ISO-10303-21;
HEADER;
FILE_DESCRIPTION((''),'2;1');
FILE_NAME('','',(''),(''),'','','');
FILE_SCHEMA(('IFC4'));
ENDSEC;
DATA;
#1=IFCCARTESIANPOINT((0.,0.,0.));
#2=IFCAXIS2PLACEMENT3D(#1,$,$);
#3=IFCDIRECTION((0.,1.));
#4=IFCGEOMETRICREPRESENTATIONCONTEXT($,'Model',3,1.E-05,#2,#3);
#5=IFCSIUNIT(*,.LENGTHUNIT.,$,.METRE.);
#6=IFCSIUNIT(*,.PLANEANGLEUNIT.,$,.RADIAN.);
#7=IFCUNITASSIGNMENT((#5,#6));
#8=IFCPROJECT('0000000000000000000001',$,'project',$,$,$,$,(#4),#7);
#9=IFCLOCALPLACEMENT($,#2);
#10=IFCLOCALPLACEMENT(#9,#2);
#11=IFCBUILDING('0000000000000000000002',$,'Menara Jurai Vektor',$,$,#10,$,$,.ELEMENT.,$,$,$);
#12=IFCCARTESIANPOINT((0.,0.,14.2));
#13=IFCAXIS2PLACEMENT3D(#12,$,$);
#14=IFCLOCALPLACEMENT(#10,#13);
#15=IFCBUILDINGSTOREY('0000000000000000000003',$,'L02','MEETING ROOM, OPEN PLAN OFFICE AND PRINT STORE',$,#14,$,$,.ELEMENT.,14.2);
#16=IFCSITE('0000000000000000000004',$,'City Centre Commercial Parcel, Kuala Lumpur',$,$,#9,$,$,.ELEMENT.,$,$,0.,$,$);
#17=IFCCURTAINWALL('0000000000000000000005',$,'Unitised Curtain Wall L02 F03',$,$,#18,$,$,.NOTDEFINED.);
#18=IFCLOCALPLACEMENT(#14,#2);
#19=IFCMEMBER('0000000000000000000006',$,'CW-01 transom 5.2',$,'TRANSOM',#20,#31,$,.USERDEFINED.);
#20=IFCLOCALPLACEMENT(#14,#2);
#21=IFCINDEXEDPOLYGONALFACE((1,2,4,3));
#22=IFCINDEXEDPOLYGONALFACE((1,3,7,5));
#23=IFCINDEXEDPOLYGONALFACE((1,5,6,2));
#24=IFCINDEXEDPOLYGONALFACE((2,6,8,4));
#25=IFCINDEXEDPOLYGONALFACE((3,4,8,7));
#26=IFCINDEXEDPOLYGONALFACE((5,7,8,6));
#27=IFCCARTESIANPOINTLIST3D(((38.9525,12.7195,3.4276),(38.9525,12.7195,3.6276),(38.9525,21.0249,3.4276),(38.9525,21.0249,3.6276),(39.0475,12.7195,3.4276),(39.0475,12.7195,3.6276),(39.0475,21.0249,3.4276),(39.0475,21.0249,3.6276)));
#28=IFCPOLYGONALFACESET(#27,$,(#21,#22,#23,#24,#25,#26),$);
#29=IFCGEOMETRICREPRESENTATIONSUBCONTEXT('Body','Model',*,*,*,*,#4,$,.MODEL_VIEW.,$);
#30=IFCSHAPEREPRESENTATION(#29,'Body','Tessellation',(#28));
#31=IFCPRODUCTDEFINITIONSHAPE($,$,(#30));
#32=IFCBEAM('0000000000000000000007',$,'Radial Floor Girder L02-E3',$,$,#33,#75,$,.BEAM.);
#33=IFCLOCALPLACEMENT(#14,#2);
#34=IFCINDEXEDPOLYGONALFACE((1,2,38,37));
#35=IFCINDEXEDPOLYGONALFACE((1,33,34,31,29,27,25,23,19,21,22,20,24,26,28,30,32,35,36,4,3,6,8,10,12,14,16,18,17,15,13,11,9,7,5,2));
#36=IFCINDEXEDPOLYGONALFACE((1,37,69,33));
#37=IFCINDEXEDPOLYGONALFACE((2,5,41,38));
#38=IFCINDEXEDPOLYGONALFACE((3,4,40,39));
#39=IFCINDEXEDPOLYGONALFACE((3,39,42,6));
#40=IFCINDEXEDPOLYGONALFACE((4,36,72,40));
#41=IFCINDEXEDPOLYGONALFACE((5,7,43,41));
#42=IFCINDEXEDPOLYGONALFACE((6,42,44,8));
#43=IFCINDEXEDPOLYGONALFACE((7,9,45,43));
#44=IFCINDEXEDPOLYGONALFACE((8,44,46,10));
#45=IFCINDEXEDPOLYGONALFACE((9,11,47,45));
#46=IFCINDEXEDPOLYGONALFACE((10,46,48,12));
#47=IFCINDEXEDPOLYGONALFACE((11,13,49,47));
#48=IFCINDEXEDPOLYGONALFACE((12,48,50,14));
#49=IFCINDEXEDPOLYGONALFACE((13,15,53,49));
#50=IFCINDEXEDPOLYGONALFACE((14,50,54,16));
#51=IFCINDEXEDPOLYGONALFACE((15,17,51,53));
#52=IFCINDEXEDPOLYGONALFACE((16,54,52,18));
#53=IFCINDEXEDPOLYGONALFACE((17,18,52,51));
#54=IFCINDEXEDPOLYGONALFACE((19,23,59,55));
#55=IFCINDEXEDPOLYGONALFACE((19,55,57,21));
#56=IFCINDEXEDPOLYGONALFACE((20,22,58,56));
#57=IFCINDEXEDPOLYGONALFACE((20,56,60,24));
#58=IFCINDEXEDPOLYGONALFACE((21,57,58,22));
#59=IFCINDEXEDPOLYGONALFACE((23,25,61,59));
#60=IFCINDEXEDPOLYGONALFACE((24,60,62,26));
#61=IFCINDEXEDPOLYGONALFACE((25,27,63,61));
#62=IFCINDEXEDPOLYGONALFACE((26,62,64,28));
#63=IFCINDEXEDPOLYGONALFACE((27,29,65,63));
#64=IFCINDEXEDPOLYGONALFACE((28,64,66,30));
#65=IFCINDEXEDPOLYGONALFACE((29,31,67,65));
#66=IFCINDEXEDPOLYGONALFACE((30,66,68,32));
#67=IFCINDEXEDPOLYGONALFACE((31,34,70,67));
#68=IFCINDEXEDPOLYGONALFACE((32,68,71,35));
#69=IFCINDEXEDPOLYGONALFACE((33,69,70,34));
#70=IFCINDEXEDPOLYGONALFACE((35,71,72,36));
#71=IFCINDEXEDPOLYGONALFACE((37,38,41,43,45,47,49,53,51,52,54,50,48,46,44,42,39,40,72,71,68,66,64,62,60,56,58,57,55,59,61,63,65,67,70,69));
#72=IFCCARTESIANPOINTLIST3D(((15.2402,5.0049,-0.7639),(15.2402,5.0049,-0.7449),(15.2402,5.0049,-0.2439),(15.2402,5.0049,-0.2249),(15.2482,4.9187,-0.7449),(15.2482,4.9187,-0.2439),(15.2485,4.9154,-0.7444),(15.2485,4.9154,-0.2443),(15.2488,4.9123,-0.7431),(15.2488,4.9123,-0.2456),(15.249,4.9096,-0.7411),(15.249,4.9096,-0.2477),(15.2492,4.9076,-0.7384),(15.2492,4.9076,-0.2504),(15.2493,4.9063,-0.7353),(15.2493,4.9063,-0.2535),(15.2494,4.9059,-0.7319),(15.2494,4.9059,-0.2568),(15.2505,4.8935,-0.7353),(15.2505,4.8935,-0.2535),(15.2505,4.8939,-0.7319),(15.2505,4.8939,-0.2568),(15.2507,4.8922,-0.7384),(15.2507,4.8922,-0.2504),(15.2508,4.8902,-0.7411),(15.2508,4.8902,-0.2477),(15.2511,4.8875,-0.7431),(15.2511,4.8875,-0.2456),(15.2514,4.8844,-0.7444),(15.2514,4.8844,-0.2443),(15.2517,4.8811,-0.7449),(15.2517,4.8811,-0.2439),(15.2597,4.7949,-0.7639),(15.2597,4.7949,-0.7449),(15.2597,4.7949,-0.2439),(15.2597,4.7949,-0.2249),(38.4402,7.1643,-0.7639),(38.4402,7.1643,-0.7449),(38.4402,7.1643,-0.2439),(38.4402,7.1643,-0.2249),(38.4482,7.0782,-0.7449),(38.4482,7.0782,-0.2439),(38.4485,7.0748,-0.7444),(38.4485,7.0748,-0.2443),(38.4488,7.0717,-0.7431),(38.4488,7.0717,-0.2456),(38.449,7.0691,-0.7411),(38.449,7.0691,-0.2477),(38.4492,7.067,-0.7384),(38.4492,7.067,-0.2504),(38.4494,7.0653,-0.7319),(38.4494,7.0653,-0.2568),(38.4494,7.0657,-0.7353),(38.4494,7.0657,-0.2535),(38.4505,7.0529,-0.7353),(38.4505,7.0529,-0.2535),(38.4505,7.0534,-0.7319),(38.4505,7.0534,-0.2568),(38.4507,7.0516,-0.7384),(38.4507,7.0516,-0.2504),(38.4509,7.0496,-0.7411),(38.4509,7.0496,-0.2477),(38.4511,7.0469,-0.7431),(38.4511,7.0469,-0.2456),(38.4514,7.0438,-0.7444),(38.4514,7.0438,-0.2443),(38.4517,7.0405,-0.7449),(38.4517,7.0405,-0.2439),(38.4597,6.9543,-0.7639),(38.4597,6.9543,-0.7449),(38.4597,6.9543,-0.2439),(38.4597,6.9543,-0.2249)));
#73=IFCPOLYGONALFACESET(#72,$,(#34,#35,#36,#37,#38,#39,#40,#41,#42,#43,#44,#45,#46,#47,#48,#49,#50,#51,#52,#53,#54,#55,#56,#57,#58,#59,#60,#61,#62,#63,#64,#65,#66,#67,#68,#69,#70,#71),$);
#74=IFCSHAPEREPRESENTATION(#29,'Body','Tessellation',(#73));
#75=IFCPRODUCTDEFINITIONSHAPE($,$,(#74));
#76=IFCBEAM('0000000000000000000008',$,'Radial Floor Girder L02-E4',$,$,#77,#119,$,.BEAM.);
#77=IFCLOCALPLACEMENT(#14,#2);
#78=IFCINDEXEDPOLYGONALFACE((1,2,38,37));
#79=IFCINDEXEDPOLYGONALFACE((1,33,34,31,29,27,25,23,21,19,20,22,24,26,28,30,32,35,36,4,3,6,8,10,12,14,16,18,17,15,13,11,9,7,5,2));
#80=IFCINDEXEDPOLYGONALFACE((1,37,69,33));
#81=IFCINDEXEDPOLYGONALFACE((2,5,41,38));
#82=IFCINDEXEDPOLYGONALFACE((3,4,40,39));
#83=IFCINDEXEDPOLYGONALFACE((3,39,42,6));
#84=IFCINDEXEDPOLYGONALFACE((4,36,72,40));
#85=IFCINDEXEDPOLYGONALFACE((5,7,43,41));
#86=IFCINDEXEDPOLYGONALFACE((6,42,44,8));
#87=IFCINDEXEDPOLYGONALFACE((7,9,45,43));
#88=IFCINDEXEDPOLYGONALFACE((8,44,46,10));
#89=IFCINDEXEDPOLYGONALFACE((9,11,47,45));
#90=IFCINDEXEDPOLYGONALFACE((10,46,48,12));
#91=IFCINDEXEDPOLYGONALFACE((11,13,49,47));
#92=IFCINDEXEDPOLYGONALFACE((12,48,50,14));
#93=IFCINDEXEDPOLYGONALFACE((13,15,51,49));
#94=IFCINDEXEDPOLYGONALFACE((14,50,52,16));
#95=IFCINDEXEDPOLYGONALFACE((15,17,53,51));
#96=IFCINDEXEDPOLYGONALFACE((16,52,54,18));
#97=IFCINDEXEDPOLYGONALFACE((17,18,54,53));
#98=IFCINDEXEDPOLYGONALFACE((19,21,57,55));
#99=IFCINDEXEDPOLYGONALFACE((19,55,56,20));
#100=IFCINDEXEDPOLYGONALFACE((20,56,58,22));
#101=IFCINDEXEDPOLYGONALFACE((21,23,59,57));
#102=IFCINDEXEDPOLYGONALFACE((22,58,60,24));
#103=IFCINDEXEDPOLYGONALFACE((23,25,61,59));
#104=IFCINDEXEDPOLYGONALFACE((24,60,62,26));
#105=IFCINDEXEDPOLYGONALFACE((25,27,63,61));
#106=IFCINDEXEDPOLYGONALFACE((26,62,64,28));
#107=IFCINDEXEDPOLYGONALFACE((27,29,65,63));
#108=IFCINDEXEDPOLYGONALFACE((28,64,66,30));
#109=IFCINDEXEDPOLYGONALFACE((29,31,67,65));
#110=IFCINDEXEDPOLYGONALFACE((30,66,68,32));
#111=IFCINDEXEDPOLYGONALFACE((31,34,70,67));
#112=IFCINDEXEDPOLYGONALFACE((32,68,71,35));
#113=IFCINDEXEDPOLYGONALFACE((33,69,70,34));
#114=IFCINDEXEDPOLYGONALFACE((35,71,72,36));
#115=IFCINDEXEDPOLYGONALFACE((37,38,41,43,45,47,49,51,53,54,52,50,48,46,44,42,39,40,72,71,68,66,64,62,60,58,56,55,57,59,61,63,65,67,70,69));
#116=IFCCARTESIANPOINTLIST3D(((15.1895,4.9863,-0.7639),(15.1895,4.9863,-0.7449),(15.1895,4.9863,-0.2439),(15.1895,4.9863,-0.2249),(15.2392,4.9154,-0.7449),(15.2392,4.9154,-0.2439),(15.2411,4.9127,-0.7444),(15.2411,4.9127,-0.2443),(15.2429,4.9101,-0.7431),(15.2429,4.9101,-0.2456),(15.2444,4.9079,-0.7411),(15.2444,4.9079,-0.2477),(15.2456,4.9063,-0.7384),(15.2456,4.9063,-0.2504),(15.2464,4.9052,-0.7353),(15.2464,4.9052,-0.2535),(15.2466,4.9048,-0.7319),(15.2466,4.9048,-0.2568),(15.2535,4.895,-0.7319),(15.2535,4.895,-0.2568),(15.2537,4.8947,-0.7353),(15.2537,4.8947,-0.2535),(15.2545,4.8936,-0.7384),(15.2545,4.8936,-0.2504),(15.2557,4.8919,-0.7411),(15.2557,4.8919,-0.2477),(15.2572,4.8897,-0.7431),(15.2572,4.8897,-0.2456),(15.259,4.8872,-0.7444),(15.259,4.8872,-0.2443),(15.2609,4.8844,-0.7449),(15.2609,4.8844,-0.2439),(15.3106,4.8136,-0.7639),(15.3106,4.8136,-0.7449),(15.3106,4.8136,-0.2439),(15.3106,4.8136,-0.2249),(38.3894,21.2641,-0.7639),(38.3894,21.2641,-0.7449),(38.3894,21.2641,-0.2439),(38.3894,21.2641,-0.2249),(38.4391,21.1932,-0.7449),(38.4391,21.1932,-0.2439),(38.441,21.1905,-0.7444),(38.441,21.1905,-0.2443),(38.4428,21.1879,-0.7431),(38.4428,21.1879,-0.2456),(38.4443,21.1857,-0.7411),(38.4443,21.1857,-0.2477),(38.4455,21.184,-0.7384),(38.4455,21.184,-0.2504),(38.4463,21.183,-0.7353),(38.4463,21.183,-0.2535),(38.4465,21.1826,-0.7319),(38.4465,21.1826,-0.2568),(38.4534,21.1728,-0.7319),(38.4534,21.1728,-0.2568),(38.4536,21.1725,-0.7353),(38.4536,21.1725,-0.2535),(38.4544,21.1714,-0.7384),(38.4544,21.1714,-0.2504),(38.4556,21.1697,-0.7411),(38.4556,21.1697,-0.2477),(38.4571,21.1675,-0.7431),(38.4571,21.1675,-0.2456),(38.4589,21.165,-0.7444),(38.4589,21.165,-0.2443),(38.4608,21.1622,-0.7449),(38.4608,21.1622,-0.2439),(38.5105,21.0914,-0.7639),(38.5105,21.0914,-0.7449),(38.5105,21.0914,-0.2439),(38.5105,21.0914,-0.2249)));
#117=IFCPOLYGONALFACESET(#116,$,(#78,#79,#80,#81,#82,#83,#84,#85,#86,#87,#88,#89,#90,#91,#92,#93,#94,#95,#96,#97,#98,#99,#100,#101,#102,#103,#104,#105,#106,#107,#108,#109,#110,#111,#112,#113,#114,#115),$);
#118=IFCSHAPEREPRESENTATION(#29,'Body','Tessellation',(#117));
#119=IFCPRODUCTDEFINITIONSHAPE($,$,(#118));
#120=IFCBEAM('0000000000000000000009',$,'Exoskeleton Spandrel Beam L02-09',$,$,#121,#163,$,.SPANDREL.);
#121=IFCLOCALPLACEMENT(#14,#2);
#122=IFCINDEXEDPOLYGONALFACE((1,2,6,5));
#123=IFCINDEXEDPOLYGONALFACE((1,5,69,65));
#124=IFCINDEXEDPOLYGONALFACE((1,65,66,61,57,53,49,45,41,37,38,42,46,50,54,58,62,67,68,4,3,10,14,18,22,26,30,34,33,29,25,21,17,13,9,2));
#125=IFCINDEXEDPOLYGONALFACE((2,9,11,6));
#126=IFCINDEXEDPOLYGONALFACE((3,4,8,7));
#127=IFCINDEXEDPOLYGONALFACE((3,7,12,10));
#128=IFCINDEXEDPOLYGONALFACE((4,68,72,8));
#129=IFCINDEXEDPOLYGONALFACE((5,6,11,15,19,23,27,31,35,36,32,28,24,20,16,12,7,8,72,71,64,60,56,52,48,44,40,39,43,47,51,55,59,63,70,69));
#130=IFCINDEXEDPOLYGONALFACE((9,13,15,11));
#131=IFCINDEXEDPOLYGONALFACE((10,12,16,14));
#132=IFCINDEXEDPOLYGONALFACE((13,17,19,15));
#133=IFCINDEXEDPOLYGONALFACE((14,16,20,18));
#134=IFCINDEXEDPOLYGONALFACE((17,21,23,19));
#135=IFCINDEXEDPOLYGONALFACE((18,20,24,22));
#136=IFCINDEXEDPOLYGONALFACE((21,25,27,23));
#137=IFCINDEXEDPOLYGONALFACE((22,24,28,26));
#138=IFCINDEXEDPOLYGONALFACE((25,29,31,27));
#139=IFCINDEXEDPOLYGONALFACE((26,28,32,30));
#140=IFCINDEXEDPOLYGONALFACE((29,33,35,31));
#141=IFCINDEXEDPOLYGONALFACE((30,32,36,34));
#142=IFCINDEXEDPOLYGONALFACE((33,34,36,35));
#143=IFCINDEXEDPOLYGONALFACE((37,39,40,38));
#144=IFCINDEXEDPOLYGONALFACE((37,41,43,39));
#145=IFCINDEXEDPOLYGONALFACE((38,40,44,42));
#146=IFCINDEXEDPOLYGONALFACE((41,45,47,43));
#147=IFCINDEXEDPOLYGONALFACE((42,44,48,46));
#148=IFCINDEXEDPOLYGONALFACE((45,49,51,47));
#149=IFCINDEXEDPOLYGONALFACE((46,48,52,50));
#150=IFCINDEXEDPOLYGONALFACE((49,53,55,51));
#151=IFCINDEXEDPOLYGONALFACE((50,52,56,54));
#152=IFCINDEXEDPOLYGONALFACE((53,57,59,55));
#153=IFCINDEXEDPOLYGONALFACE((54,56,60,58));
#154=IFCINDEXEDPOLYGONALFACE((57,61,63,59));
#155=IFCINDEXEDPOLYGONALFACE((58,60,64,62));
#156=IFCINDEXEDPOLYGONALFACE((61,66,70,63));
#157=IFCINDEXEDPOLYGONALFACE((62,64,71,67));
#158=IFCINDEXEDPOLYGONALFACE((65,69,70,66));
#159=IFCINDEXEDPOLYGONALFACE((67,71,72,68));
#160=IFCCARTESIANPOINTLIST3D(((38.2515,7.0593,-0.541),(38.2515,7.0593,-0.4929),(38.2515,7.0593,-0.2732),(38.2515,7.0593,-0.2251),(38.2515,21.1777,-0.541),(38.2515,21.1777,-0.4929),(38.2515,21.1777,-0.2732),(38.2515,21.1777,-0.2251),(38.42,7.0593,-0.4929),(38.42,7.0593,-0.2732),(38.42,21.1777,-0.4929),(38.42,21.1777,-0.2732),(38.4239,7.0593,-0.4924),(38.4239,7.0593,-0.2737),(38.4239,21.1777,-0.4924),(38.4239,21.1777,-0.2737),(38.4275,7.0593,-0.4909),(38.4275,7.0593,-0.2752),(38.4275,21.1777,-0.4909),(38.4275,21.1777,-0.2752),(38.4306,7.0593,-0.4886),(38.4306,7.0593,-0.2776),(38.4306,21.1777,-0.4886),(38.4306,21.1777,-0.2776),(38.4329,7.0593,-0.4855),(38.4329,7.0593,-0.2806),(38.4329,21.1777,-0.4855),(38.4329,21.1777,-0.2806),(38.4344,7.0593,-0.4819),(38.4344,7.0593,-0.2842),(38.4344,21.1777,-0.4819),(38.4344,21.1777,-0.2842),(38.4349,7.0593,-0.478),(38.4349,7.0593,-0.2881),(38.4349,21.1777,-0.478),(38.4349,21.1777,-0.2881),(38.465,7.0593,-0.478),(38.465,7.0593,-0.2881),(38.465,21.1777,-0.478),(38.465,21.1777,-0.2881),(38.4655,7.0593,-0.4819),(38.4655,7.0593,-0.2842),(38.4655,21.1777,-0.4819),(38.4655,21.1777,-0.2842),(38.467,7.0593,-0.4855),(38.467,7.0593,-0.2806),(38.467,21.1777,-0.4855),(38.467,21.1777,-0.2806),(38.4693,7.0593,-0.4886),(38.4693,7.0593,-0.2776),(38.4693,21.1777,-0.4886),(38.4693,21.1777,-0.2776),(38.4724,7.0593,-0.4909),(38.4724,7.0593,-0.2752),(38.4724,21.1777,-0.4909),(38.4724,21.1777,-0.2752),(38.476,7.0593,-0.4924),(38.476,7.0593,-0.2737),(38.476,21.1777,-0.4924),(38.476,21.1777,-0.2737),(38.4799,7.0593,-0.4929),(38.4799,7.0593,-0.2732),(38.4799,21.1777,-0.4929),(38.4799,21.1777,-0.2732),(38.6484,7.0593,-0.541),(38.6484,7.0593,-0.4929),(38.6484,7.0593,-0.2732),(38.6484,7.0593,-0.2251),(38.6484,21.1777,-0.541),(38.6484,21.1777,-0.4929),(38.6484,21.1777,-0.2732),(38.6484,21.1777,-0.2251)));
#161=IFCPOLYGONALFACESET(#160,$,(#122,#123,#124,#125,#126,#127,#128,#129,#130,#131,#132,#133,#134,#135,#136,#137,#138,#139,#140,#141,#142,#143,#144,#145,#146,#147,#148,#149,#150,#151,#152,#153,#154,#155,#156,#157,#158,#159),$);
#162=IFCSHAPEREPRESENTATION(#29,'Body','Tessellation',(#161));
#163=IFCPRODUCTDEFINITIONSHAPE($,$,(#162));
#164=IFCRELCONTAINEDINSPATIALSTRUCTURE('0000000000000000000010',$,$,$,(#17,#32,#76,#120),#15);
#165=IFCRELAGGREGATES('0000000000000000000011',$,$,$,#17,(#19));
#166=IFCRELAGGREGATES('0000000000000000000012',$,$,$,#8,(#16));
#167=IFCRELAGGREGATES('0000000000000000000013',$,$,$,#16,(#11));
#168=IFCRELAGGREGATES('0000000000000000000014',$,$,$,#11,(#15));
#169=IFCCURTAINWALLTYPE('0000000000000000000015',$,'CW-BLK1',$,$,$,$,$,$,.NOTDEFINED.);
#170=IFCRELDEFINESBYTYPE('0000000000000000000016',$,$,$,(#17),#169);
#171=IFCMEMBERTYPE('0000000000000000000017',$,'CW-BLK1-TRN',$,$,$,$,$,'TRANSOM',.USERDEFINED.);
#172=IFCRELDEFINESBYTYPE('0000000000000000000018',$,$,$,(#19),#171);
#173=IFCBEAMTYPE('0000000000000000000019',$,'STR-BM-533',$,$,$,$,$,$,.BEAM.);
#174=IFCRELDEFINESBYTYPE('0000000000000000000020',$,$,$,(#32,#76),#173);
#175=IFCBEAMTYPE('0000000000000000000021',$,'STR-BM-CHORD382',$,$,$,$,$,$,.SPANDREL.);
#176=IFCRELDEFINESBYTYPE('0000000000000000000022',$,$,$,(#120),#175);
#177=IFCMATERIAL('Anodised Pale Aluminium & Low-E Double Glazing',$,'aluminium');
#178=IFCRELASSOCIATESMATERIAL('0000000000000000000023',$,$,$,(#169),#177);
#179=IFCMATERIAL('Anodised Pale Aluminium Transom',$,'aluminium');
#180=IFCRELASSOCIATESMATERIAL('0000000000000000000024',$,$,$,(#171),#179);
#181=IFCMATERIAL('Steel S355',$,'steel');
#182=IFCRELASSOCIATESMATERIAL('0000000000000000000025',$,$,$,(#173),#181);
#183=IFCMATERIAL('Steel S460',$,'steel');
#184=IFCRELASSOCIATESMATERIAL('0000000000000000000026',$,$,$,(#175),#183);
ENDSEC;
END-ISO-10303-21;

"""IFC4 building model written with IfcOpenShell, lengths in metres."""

from ifc_helpers import new_model, si_unit, direction, frame, origin, origin_2d, place, context, subcontext, project, spatial, rectangle, i_section, extrude, material, material_profile, profile_set, type_object, element, aggregate, save


model = new_model("IFC4")

# Units and contexts
model_context = context("Model", 3, precision=1e-05, world=origin(), true_north=direction((0.0, 1.0)))
body_context = subcontext(model_context, "Body", "Model", "MODEL_VIEW")
ifc_project = project(units=[si_unit("LENGTHUNIT", "METRE"), si_unit("PLANEANGLEUNIT", "RADIAN")], contexts=[model_context])

# Site, building, storey
site_placement = place(None, origin())
site = spatial("IfcSite", under=ifc_project, at=site_placement, Name="City Centre Commercial Parcel, Kuala Lumpur", CompositionType="ELEMENT", RefElevation=0.0)
building_placement = place(site_placement, origin())
building = spatial("IfcBuilding", under=site, at=building_placement, Name="Menara Jurai Vektor", CompositionType="ELEMENT")
storey_placement = place(building_placement, frame((0.0, 0.0, 14.2)))
storey = spatial("IfcBuildingStorey", under=building, at=storey_placement, Name="L02", Description="MEETING ROOM, OPEN PLAN OFFICE AND PRINT STORE", CompositionType="ELEMENT", Elevation=14.2)

# Shared definitions
ifc_material_1 = material(Name="Steel S460", Category="steel")

# Curtain wall
ifc_material_2 = material(Name="Anodised Pale Aluminium & Low-E Double Glazing", Category="aluminium")
curtain_wall_type = type_object("IfcCurtainWallType", Name="CW-BLK1", PredefinedType="NOTDEFINED", material=ifc_material_2)
curtain_wall_1_placement = place(storey_placement, origin())
curtain_wall_1 = element("IfcCurtainWall", 1, at=curtain_wall_1_placement, inside=storey, type_object=curtain_wall_type, Name="Unitised Curtain Wall L02 F03", PredefinedType="NOTDEFINED")

# Member
ifc_material_3 = material(Name="Anodised Pale Aluminium Transom", Category="aluminium")
ifc_material_profile_1 = material_profile(ifc_material_3, rectangle(XDim=0.095, YDim=0.2, at=origin_2d()), Name="ALU TRN 95x200")
ifc_profile_set_1 = profile_set([ifc_material_profile_1], Name="Anodised Pale Aluminium Transom")
member_type_1 = type_object("IfcMemberType", Name="CW-BLK1-TRN", ElementType="TRANSOM", PredefinedType="USERDEFINED", material=ifc_profile_set_1)
member_1_placement = place(storey_placement, frame((39.0, 12.7195, 3.5276), z_axis=(0.0, 1.0, 0.0), x_axis=(-1.0, 0.0, 0.0)))
member_1 = element("IfcMember", 2, at=member_1_placement, type_object=member_type_1, Name="CW-01 transom 5.2", ObjectType="TRANSOM", PredefinedType="USERDEFINED", context=body_context, shape_type="SweptSolid", body=[
    extrude(rectangle(XDim=0.095, YDim=0.2, at=origin_2d()), origin(), (0.0, 0.0, 1.0), 8.3054),
])

# Beams
ifc_material_4 = material(Name="Steel S355", Category="steel")
ifc_material_profile_2 = material_profile(ifc_material_4, i_section(OverallWidth=0.2109, OverallDepth=0.5391, WebThickness=0.012, FlangeThickness=0.019, FilletRadius=0.0129, at=origin_2d()), Name="UKB 533x210x109")
ifc_profile_set_2 = profile_set([ifc_material_profile_2], Name="Steel S355")
beam_type_1 = type_object("IfcBeamType", Name="STR-BM-533", PredefinedType="BEAM", material=ifc_profile_set_2)
beam_1_placement = place(storey_placement, frame((38.45, 7.0593, -0.4944), z_axis=(-0.995696, -0.092678, 0.0), x_axis=(0.092678, -0.995696, 0.0)))
element("IfcBeam", 3, at=beam_1_placement, inside=storey, type_object=beam_type_1, Name="Radial Floor Girder L02-E3", PredefinedType="BEAM", context=body_context, shape_type="SweptSolid", body=[
    extrude(i_section(OverallWidth=0.2109, OverallDepth=0.5391, WebThickness=0.012, FlangeThickness=0.019, FilletRadius=0.0129, at=origin_2d()), origin(), (0.0, 0.0, 1.0), 23.3003),
])
beam_2_placement = place(storey_placement, frame((38.45, 21.1777, -0.4944), z_axis=(-0.818604, -0.574359, 0.0), x_axis=(0.574359, -0.818604, 0.0)))
element("IfcBeam", 4, at=beam_2_placement, inside=storey, type_object=beam_type_1, Name="Radial Floor Girder L02-E4", PredefinedType="BEAM", context=body_context, shape_type="SweptSolid", body=[
    extrude(i_section(OverallWidth=0.2109, OverallDepth=0.5391, WebThickness=0.012, FlangeThickness=0.019, FilletRadius=0.0129, at=origin_2d()), origin(), (0.0, 0.0, 1.0), 28.3408),
])
ifc_material_profile_3 = material_profile(ifc_material_1, i_section(OverallWidth=0.397, OverallDepth=0.3159, WebThickness=0.03, FlangeThickness=0.0481, FilletRadius=0.0149, at=origin_2d()), Name="HD 400x382")
ifc_profile_set_3 = profile_set([ifc_material_profile_3], Name="Steel S460")
beam_type_2 = type_object("IfcBeamType", Name="STR-BM-CHORD382", PredefinedType="SPANDREL", material=ifc_profile_set_3)
beam_3_placement = place(storey_placement, frame((38.45, 7.0593, -0.3831), z_axis=(0.0, 1.0, 0.0), x_axis=(-1.0, 0.0, 0.0)))
element("IfcBeam", 5, at=beam_3_placement, inside=storey, type_object=beam_type_2, Name="Exoskeleton Spandrel Beam L02-09", PredefinedType="SPANDREL", context=body_context, shape_type="SweptSolid", body=[
    extrude(i_section(OverallWidth=0.397, OverallDepth=0.3159, WebThickness=0.03, FlangeThickness=0.0481, FilletRadius=0.0149, at=origin_2d()), origin(), (0.0, 0.0, 1.0), 14.1184),
])

aggregate(curtain_wall_1, [member_1])

save(model, "model.ifc")
